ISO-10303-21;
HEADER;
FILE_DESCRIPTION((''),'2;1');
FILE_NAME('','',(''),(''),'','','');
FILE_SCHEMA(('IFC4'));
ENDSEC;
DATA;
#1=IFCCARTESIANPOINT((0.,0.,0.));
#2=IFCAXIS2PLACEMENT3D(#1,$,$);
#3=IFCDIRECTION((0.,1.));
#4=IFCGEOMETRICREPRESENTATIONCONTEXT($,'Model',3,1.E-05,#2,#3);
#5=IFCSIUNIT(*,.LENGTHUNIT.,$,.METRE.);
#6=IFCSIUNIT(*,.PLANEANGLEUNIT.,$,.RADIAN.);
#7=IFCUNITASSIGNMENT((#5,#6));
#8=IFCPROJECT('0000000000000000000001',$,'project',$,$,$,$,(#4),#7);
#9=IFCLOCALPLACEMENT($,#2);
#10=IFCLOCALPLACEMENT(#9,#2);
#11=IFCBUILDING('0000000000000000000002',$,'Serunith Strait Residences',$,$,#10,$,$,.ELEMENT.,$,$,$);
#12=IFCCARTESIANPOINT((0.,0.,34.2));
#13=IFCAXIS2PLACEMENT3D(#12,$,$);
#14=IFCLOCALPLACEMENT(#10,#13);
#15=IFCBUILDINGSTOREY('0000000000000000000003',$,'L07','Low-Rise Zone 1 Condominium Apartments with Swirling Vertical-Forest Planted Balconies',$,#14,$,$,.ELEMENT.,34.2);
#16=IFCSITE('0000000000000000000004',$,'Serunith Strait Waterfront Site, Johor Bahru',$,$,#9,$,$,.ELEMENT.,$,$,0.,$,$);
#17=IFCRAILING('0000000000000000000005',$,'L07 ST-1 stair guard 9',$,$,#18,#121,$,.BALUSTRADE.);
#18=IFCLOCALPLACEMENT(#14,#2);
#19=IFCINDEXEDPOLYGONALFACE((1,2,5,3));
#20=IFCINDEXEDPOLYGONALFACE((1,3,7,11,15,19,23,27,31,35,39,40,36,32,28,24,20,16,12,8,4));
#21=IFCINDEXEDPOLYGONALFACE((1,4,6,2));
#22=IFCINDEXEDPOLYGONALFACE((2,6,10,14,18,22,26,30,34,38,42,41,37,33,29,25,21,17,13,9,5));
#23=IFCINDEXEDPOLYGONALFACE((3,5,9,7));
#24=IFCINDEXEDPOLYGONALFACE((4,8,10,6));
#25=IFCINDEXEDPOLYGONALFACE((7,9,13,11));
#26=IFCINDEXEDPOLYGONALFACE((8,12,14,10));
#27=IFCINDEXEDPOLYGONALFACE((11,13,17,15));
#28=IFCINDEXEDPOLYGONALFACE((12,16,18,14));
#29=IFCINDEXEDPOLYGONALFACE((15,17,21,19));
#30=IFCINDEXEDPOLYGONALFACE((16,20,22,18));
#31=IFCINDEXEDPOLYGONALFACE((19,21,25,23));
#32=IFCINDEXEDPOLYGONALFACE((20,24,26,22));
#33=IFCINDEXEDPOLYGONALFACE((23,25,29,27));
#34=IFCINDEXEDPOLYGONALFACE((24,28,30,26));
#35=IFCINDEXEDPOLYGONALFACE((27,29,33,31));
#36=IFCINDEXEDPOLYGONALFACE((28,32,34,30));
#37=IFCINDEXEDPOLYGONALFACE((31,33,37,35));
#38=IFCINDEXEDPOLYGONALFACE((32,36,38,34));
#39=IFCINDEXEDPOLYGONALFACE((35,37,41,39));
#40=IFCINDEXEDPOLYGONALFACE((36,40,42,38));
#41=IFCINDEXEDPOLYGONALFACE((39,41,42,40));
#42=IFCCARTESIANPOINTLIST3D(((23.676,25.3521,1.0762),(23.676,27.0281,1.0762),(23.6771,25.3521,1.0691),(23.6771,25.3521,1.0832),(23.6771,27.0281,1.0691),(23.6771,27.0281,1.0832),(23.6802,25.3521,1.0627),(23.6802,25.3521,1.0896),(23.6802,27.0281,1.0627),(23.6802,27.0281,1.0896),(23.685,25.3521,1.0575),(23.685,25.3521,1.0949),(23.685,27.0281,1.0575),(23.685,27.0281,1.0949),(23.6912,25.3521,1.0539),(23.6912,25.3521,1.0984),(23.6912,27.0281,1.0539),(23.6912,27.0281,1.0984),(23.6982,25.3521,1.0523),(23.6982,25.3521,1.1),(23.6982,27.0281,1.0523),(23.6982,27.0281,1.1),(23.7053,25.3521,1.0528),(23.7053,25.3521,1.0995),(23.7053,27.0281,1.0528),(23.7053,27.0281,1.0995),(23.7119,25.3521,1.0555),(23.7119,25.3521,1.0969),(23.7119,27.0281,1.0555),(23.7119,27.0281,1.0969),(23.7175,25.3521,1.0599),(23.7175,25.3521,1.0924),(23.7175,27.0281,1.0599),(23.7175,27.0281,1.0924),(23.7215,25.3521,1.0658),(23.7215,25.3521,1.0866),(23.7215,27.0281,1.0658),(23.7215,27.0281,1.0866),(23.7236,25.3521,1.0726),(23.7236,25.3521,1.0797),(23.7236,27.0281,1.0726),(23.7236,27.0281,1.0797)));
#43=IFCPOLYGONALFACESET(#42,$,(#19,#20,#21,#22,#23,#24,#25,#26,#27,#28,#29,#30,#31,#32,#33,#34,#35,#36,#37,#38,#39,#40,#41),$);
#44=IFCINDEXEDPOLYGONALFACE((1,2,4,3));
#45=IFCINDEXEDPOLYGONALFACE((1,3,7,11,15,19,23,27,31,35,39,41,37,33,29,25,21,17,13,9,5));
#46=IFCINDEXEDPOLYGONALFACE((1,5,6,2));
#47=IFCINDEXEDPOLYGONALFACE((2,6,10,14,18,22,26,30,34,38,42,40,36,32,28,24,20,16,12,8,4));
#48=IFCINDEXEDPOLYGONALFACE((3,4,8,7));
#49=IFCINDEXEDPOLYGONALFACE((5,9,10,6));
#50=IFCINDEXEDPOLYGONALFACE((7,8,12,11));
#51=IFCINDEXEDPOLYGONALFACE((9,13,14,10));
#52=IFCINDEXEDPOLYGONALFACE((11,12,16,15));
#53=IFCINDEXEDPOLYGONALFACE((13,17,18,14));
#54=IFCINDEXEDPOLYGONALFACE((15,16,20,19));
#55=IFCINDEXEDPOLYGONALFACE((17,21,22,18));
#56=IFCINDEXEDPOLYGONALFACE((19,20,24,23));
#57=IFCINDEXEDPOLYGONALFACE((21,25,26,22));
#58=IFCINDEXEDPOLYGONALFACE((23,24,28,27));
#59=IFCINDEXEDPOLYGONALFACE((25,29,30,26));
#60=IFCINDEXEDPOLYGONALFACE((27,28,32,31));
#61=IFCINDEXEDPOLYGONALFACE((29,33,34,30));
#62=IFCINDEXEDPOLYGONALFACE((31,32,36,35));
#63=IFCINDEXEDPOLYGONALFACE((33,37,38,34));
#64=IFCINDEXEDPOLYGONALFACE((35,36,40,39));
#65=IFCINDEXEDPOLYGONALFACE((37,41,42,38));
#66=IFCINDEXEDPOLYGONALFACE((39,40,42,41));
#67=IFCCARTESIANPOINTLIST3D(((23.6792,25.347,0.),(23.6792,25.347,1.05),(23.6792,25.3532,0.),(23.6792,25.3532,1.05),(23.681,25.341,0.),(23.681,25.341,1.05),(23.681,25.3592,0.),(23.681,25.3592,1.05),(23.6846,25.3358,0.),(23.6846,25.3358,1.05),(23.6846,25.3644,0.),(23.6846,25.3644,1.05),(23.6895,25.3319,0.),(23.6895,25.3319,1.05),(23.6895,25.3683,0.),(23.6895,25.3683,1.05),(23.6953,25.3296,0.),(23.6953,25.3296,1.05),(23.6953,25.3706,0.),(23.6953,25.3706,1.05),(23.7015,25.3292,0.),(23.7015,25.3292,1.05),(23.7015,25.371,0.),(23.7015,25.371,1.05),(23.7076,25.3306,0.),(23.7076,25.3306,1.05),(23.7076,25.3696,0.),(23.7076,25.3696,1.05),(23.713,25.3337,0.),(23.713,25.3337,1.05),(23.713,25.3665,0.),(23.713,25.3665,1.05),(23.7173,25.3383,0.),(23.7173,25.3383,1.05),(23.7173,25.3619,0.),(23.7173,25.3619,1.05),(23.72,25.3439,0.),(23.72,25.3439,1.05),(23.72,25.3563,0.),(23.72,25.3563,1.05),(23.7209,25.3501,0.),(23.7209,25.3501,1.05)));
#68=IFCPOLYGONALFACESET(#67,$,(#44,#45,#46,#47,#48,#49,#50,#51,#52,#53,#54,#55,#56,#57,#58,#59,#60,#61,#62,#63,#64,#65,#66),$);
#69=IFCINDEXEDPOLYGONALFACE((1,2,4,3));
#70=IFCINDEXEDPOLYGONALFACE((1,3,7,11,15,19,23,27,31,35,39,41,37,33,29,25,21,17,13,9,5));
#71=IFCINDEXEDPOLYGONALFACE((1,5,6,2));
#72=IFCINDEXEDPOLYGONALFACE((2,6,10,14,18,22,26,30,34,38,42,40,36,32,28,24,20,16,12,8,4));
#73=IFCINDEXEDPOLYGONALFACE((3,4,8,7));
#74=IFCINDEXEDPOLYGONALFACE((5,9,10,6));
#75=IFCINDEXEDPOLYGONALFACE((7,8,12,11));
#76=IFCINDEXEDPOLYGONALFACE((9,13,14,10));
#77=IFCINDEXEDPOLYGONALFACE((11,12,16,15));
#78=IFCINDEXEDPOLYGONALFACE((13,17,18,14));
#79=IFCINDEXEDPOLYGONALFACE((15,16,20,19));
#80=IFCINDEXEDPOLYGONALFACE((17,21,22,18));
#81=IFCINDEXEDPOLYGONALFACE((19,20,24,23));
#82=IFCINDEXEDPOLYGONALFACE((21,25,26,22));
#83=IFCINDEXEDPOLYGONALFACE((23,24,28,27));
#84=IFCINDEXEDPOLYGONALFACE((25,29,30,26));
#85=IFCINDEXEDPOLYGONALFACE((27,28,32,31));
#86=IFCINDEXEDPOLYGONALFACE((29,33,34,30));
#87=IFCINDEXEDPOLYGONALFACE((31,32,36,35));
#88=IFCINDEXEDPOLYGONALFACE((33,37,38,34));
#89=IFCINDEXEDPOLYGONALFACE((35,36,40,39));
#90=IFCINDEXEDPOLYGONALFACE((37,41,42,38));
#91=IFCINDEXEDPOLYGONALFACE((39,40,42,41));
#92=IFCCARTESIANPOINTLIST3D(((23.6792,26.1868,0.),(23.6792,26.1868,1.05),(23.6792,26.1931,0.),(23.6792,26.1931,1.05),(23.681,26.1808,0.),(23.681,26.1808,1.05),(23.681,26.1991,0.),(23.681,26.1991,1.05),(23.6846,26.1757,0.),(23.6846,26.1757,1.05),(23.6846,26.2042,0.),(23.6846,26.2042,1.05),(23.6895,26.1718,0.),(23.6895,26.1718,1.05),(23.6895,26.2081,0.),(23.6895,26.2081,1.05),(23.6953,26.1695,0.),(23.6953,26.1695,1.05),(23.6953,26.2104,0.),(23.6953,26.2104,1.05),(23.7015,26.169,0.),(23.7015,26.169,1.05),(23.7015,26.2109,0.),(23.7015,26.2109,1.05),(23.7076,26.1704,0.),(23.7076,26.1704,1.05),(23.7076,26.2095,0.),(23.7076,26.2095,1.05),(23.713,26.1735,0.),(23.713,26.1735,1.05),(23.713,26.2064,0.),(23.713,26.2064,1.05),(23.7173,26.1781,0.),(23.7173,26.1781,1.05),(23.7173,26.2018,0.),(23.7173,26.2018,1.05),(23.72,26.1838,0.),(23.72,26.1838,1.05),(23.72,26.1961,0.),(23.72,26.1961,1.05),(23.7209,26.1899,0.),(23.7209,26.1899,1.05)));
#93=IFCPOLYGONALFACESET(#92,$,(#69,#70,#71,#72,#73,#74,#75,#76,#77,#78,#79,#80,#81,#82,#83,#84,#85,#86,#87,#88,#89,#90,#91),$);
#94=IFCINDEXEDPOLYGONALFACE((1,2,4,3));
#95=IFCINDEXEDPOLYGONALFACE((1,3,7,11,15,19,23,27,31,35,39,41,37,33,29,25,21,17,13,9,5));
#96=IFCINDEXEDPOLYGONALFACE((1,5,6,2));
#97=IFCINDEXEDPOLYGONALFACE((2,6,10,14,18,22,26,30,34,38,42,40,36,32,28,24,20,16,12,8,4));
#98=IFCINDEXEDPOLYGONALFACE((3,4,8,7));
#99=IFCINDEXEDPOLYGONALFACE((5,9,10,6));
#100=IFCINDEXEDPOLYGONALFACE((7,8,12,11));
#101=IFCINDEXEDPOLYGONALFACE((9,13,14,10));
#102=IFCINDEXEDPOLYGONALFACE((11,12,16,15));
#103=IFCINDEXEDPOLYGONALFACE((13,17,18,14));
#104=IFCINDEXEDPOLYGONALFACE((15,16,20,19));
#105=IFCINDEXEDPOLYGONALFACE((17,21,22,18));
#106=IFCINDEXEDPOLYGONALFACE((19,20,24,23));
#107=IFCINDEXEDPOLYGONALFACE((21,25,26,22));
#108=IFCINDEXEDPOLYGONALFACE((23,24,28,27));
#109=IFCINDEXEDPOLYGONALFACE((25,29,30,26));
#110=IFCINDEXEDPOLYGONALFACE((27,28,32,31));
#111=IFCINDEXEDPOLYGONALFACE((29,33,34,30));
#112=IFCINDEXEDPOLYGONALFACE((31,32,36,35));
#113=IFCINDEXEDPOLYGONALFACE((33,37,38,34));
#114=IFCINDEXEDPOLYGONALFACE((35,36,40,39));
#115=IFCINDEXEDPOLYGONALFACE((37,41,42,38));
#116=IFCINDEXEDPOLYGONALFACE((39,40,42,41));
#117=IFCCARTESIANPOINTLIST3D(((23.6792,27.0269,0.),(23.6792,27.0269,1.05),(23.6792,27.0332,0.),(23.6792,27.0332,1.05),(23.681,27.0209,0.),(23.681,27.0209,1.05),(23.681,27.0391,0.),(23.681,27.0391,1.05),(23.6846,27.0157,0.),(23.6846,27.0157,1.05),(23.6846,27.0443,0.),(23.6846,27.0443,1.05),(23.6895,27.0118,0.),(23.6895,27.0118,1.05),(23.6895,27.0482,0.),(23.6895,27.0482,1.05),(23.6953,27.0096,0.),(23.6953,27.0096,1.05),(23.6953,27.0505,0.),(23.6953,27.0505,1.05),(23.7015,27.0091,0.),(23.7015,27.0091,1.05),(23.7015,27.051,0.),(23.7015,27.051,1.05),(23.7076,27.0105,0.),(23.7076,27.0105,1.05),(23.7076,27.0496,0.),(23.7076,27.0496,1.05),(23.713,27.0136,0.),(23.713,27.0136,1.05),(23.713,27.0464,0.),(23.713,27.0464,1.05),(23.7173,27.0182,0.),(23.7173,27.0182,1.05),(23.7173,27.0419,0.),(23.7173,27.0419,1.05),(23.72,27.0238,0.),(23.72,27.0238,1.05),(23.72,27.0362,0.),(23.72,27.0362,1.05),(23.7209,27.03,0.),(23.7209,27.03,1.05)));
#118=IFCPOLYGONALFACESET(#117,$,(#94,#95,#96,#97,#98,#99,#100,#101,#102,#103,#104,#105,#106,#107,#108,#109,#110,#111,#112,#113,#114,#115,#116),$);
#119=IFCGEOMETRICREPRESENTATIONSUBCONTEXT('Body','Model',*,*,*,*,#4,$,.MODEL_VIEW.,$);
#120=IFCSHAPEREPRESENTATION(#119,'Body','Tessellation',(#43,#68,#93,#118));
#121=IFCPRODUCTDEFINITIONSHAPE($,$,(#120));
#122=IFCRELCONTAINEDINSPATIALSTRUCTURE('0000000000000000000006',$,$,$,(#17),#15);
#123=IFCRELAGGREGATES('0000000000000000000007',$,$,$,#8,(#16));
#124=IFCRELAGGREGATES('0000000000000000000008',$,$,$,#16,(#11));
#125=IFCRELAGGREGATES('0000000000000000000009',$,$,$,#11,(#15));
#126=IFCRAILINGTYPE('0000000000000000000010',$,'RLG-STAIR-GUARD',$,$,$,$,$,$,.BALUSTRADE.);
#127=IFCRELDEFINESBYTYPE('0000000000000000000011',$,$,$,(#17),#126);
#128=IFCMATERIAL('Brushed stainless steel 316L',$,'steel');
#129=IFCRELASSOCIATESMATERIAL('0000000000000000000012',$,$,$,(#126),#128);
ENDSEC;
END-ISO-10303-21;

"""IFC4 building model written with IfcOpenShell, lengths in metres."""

from ifc_helpers import new_model, si_unit, direction, frame, origin, origin_2d, place, context, subcontext, project, spatial, circle, extrude, material, type_object, element, save


model = new_model("IFC4")

# Units and contexts
model_context = context("Model", 3, precision=1e-05, world=origin(), true_north=direction((0.0, 1.0)))
body_context = subcontext(model_context, "Body", "Model", "MODEL_VIEW")
ifc_project = project(units=[si_unit("LENGTHUNIT", "METRE"), si_unit("PLANEANGLEUNIT", "RADIAN")], contexts=[model_context])

# Site, building, storey
site_placement = place(None, origin())
site = spatial("IfcSite", under=ifc_project, at=site_placement, Name="Serunith Strait Waterfront Site, Johor Bahru", CompositionType="ELEMENT", RefElevation=0.0)
building_placement = place(site_placement, origin())
building = spatial("IfcBuilding", under=site, at=building_placement, Name="Serunith Strait Residences", CompositionType="ELEMENT")
storey_placement = place(building_placement, frame((0.0, 0.0, 34.2)))
storey = spatial("IfcBuildingStorey", under=building, at=storey_placement, Name="L07", Description="Low-Rise Zone 1 Condominium Apartments with Swirling Vertical-Forest Planted Balconies", CompositionType="ELEMENT", Elevation=34.2)

# Railing
ifc_material_1 = material(Name="Brushed stainless steel 316L", Category="steel")
railing_type_1 = type_object("IfcRailingType", Name="RLG-STAIR-GUARD", PredefinedType="BALUSTRADE", material=ifc_material_1)
for number, where, name in (
    (1, (23.7, 25.3501, 0.0), "L07 ST-1 stair guard 9"),
):
    element("IfcRailing", number, at=place(storey_placement, frame(where)), inside=storey, type_object=railing_type_1, Name=name, PredefinedType="BALUSTRADE", context=body_context, shape_type="SweptSolid", body=[
        extrude(circle(Radius=0.0239, at=origin_2d()), frame((0.0, 0.002, 1.0762), z_axis=(0.0, 1.0, 0.0), x_axis=(-1.0, 0.0, 0.0)), (0.0, 0.0, 1.0), 1.676),
        extrude(circle(Radius=0.021, at=origin_2d()), origin(), (0.0, 0.0, 1.0), 1.05),
        extrude(circle(Radius=0.021, at=origin_2d()), frame((0.0, 0.8398, 0.0)), (0.0, 0.0, 1.0), 1.05),
        extrude(circle(Radius=0.021, at=origin_2d()), frame((0.0, 1.6799, 0.0)), (0.0, 0.0, 1.0), 1.05),
    ])

save(model, "model.ifc")
